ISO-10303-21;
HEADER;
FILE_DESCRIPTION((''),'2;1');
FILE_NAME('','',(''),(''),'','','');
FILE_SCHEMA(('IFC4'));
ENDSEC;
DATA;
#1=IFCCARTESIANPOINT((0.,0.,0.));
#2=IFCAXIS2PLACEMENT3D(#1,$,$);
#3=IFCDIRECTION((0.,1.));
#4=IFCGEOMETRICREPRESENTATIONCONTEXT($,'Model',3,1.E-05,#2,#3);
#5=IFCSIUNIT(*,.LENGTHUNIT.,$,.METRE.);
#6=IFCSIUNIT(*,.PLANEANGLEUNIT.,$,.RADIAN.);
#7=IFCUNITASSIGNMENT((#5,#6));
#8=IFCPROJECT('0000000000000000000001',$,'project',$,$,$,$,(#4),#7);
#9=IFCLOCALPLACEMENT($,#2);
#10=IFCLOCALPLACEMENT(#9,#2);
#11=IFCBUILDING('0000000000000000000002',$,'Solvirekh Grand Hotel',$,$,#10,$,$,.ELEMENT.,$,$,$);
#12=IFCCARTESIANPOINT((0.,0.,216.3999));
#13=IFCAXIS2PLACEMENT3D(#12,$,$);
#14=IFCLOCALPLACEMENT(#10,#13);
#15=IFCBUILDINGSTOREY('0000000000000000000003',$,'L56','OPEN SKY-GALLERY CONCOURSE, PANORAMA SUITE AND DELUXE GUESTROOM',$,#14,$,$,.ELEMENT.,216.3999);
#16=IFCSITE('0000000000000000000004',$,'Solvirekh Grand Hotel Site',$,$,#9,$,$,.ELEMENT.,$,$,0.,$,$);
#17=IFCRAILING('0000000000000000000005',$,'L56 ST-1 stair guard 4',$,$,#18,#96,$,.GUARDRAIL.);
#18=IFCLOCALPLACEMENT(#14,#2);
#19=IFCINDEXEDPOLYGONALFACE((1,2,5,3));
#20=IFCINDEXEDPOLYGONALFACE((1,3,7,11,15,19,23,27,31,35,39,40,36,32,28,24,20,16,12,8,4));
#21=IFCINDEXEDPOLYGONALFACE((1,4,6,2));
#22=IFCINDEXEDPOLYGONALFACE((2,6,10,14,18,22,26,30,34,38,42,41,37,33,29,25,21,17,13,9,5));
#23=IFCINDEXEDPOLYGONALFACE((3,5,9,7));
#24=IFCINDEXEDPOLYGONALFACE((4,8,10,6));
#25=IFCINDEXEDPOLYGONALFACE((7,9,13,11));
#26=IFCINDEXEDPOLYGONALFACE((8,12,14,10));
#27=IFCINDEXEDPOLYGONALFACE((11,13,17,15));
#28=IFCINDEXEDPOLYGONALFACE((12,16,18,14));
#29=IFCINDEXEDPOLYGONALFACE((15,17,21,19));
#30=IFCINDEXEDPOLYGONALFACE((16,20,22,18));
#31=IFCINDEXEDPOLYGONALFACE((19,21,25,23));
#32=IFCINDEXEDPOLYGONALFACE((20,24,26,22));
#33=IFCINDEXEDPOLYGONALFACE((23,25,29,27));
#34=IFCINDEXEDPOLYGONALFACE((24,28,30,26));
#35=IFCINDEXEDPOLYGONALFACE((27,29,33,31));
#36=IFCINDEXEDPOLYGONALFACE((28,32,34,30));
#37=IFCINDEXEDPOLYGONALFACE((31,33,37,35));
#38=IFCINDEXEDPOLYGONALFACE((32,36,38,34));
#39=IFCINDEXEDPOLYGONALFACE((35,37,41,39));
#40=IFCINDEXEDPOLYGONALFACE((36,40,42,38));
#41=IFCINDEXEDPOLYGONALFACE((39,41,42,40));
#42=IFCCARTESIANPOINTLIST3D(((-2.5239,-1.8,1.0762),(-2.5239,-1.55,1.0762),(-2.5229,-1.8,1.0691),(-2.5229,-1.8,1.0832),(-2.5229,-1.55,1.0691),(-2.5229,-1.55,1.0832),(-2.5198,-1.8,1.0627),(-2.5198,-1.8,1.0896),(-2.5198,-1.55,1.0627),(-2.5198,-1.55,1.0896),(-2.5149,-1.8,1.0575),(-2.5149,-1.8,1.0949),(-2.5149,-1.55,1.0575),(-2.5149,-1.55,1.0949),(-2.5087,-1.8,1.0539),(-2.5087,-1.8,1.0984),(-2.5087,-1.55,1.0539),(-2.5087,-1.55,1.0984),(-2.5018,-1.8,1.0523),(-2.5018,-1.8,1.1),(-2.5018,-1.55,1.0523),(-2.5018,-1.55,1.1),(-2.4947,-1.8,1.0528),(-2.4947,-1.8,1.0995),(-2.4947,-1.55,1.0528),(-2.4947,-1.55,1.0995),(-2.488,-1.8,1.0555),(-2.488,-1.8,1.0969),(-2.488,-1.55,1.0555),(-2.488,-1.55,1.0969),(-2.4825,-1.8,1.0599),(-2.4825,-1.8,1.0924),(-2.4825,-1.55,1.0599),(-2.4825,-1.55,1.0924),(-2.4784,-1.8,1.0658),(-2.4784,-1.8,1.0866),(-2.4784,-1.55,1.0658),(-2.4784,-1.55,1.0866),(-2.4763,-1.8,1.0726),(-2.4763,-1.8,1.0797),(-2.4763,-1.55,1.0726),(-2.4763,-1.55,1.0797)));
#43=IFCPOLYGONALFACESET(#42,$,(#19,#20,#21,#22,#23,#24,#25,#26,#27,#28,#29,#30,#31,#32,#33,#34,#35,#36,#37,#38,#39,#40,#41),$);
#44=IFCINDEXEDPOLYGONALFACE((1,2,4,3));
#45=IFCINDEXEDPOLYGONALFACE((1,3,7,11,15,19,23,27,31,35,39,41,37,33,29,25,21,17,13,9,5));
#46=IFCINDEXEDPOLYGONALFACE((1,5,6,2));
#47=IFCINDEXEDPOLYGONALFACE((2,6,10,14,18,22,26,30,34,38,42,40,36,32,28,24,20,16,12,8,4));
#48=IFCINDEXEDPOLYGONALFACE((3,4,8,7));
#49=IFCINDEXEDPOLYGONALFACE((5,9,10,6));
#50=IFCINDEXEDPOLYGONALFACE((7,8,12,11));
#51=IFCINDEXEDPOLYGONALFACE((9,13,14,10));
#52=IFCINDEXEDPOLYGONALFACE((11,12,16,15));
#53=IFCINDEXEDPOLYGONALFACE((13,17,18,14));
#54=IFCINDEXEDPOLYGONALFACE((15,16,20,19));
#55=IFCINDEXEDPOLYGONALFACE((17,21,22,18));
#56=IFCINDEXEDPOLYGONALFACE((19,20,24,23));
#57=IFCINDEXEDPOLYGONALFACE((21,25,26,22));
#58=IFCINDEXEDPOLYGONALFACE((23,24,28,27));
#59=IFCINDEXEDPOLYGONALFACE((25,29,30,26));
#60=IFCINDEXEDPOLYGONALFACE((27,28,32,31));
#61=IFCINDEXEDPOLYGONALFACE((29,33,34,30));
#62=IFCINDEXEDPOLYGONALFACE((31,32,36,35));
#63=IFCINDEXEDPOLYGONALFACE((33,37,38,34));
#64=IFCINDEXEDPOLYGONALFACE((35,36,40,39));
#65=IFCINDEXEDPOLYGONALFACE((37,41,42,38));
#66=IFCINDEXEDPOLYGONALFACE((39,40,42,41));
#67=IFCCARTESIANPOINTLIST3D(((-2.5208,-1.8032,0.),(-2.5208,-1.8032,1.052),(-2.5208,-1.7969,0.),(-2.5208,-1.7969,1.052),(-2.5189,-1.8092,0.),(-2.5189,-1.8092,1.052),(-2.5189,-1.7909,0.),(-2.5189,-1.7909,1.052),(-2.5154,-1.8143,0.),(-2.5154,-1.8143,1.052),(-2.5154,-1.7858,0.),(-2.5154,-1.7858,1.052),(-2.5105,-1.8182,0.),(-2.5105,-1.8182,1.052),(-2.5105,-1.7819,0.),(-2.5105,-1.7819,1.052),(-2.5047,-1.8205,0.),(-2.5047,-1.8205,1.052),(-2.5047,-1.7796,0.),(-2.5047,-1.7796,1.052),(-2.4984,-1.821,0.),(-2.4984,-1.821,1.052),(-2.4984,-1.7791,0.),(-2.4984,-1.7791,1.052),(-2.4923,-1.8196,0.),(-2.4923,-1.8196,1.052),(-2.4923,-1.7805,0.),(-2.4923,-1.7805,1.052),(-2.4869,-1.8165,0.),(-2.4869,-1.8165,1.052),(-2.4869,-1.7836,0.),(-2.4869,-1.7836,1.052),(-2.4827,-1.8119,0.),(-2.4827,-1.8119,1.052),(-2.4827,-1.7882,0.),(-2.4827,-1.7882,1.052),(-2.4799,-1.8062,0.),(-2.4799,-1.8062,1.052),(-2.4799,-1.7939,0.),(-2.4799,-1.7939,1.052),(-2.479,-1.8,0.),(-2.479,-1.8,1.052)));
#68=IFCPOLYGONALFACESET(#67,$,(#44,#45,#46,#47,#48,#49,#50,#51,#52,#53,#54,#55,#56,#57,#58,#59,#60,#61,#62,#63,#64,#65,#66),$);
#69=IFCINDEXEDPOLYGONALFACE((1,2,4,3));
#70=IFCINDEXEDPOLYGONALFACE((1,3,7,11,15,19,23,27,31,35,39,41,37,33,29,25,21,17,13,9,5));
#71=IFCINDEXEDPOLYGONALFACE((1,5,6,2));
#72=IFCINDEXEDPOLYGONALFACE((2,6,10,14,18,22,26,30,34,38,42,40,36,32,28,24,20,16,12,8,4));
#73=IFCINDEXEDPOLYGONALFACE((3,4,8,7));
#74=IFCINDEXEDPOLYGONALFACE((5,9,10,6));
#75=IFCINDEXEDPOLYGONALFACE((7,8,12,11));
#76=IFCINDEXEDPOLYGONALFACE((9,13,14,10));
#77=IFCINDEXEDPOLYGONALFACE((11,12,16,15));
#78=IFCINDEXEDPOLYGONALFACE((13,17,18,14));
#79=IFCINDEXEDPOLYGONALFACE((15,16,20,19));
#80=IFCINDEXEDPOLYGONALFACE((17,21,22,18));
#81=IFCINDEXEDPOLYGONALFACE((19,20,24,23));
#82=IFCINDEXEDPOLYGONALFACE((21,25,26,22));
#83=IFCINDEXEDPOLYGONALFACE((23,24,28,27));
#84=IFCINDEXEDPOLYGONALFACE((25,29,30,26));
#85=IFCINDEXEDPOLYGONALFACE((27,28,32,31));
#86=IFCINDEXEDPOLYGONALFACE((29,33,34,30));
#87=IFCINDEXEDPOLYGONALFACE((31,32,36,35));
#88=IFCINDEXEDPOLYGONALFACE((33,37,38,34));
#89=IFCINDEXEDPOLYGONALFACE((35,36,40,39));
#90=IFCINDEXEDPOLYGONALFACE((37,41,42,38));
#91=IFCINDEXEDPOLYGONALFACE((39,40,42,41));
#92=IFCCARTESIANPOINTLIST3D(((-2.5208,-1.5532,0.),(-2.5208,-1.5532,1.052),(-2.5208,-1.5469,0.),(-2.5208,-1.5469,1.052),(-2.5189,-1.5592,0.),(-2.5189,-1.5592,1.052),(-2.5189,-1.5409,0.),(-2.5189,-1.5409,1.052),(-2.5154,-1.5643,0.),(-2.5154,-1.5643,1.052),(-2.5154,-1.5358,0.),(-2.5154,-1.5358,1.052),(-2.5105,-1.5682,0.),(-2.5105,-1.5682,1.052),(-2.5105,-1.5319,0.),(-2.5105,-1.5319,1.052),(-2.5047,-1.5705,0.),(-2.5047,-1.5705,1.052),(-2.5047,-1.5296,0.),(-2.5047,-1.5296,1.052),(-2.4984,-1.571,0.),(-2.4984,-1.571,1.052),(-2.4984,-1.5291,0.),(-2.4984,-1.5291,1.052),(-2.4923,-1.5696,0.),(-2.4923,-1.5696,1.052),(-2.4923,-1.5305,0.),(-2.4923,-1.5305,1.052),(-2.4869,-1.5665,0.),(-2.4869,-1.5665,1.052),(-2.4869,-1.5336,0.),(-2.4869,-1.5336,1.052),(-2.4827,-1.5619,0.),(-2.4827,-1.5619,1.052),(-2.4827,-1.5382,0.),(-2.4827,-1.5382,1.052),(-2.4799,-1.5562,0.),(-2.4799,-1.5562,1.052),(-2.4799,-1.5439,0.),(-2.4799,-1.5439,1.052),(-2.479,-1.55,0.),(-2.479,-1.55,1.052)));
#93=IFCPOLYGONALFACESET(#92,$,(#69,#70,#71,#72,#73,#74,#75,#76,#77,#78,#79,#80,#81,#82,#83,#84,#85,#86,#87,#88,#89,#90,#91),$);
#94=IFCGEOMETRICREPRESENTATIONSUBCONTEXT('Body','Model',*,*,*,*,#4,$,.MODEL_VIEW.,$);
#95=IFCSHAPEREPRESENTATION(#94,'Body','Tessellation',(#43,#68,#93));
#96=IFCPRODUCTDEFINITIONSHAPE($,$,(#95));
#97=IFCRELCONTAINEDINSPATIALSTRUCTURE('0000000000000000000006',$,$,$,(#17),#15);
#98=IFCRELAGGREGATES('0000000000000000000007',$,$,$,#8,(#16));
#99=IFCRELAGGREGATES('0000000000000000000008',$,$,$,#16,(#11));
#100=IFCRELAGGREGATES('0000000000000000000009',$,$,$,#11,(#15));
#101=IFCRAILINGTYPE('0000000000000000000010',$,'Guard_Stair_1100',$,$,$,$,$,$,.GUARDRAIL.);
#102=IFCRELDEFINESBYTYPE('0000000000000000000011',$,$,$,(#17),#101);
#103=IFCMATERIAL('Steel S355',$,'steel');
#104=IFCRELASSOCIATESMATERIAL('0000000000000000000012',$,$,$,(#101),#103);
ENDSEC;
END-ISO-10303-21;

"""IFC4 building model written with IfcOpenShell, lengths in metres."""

from ifc_helpers import new_model, si_unit, direction, frame, origin, origin_2d, place, context, subcontext, project, spatial, circle, extrude, material, type_object, element, save


model = new_model("IFC4")

# Units and contexts
model_context = context("Model", 3, precision=1e-05, world=origin(), true_north=direction((0.0, 1.0)))
body_context = subcontext(model_context, "Body", "Model", "MODEL_VIEW")
ifc_project = project(units=[si_unit("LENGTHUNIT", "METRE"), si_unit("PLANEANGLEUNIT", "RADIAN")], contexts=[model_context])

# Site, building, storey
site_placement = place(None, origin())
site = spatial("IfcSite", under=ifc_project, at=site_placement, Name="Solvirekh Grand Hotel Site", CompositionType="ELEMENT", RefElevation=0.0)
building_placement = place(site_placement, origin())
building = spatial("IfcBuilding", under=site, at=building_placement, Name="Solvirekh Grand Hotel", CompositionType="ELEMENT")
storey_placement = place(building_placement, frame((0.0, 0.0, 216.3999)))
storey = spatial("IfcBuildingStorey", under=building, at=storey_placement, Name="L56", Description="OPEN SKY-GALLERY CONCOURSE, PANORAMA SUITE AND DELUXE GUESTROOM", CompositionType="ELEMENT", Elevation=216.3999)

# Shared definitions
ifc_material_1 = material(Name="Steel S355", Category="steel")

# Railing
railing_type_1 = type_object("IfcRailingType", Name="Guard_Stair_1100", PredefinedType="GUARDRAIL", material=ifc_material_1)
railing_1_placement = place(storey_placement, frame((-2.5, -1.8, 0.0)))
element("IfcRailing", 1, at=railing_1_placement, inside=storey, type_object=railing_type_1, Name="L56 ST-1 stair guard 4", PredefinedType="GUARDRAIL", context=body_context, shape_type="SweptSolid", body=[
    extrude(circle(Radius=0.0239, at=origin_2d()), frame((0.0, 0.0, 1.0762), z_axis=(0.0, 1.0, 0.0), x_axis=(-1.0, 0.0, 0.0)), (0.0, 0.0, 1.0), 0.25),
    extrude(circle(Radius=0.021, at=origin_2d()), origin(), (0.0, 0.0, 1.0), 1.052),
    extrude(circle(Radius=0.021, at=origin_2d()), frame((0.0, 0.25, 0.0)), (0.0, 0.0, 1.0), 1.052),
])

save(model, "model.ifc")
